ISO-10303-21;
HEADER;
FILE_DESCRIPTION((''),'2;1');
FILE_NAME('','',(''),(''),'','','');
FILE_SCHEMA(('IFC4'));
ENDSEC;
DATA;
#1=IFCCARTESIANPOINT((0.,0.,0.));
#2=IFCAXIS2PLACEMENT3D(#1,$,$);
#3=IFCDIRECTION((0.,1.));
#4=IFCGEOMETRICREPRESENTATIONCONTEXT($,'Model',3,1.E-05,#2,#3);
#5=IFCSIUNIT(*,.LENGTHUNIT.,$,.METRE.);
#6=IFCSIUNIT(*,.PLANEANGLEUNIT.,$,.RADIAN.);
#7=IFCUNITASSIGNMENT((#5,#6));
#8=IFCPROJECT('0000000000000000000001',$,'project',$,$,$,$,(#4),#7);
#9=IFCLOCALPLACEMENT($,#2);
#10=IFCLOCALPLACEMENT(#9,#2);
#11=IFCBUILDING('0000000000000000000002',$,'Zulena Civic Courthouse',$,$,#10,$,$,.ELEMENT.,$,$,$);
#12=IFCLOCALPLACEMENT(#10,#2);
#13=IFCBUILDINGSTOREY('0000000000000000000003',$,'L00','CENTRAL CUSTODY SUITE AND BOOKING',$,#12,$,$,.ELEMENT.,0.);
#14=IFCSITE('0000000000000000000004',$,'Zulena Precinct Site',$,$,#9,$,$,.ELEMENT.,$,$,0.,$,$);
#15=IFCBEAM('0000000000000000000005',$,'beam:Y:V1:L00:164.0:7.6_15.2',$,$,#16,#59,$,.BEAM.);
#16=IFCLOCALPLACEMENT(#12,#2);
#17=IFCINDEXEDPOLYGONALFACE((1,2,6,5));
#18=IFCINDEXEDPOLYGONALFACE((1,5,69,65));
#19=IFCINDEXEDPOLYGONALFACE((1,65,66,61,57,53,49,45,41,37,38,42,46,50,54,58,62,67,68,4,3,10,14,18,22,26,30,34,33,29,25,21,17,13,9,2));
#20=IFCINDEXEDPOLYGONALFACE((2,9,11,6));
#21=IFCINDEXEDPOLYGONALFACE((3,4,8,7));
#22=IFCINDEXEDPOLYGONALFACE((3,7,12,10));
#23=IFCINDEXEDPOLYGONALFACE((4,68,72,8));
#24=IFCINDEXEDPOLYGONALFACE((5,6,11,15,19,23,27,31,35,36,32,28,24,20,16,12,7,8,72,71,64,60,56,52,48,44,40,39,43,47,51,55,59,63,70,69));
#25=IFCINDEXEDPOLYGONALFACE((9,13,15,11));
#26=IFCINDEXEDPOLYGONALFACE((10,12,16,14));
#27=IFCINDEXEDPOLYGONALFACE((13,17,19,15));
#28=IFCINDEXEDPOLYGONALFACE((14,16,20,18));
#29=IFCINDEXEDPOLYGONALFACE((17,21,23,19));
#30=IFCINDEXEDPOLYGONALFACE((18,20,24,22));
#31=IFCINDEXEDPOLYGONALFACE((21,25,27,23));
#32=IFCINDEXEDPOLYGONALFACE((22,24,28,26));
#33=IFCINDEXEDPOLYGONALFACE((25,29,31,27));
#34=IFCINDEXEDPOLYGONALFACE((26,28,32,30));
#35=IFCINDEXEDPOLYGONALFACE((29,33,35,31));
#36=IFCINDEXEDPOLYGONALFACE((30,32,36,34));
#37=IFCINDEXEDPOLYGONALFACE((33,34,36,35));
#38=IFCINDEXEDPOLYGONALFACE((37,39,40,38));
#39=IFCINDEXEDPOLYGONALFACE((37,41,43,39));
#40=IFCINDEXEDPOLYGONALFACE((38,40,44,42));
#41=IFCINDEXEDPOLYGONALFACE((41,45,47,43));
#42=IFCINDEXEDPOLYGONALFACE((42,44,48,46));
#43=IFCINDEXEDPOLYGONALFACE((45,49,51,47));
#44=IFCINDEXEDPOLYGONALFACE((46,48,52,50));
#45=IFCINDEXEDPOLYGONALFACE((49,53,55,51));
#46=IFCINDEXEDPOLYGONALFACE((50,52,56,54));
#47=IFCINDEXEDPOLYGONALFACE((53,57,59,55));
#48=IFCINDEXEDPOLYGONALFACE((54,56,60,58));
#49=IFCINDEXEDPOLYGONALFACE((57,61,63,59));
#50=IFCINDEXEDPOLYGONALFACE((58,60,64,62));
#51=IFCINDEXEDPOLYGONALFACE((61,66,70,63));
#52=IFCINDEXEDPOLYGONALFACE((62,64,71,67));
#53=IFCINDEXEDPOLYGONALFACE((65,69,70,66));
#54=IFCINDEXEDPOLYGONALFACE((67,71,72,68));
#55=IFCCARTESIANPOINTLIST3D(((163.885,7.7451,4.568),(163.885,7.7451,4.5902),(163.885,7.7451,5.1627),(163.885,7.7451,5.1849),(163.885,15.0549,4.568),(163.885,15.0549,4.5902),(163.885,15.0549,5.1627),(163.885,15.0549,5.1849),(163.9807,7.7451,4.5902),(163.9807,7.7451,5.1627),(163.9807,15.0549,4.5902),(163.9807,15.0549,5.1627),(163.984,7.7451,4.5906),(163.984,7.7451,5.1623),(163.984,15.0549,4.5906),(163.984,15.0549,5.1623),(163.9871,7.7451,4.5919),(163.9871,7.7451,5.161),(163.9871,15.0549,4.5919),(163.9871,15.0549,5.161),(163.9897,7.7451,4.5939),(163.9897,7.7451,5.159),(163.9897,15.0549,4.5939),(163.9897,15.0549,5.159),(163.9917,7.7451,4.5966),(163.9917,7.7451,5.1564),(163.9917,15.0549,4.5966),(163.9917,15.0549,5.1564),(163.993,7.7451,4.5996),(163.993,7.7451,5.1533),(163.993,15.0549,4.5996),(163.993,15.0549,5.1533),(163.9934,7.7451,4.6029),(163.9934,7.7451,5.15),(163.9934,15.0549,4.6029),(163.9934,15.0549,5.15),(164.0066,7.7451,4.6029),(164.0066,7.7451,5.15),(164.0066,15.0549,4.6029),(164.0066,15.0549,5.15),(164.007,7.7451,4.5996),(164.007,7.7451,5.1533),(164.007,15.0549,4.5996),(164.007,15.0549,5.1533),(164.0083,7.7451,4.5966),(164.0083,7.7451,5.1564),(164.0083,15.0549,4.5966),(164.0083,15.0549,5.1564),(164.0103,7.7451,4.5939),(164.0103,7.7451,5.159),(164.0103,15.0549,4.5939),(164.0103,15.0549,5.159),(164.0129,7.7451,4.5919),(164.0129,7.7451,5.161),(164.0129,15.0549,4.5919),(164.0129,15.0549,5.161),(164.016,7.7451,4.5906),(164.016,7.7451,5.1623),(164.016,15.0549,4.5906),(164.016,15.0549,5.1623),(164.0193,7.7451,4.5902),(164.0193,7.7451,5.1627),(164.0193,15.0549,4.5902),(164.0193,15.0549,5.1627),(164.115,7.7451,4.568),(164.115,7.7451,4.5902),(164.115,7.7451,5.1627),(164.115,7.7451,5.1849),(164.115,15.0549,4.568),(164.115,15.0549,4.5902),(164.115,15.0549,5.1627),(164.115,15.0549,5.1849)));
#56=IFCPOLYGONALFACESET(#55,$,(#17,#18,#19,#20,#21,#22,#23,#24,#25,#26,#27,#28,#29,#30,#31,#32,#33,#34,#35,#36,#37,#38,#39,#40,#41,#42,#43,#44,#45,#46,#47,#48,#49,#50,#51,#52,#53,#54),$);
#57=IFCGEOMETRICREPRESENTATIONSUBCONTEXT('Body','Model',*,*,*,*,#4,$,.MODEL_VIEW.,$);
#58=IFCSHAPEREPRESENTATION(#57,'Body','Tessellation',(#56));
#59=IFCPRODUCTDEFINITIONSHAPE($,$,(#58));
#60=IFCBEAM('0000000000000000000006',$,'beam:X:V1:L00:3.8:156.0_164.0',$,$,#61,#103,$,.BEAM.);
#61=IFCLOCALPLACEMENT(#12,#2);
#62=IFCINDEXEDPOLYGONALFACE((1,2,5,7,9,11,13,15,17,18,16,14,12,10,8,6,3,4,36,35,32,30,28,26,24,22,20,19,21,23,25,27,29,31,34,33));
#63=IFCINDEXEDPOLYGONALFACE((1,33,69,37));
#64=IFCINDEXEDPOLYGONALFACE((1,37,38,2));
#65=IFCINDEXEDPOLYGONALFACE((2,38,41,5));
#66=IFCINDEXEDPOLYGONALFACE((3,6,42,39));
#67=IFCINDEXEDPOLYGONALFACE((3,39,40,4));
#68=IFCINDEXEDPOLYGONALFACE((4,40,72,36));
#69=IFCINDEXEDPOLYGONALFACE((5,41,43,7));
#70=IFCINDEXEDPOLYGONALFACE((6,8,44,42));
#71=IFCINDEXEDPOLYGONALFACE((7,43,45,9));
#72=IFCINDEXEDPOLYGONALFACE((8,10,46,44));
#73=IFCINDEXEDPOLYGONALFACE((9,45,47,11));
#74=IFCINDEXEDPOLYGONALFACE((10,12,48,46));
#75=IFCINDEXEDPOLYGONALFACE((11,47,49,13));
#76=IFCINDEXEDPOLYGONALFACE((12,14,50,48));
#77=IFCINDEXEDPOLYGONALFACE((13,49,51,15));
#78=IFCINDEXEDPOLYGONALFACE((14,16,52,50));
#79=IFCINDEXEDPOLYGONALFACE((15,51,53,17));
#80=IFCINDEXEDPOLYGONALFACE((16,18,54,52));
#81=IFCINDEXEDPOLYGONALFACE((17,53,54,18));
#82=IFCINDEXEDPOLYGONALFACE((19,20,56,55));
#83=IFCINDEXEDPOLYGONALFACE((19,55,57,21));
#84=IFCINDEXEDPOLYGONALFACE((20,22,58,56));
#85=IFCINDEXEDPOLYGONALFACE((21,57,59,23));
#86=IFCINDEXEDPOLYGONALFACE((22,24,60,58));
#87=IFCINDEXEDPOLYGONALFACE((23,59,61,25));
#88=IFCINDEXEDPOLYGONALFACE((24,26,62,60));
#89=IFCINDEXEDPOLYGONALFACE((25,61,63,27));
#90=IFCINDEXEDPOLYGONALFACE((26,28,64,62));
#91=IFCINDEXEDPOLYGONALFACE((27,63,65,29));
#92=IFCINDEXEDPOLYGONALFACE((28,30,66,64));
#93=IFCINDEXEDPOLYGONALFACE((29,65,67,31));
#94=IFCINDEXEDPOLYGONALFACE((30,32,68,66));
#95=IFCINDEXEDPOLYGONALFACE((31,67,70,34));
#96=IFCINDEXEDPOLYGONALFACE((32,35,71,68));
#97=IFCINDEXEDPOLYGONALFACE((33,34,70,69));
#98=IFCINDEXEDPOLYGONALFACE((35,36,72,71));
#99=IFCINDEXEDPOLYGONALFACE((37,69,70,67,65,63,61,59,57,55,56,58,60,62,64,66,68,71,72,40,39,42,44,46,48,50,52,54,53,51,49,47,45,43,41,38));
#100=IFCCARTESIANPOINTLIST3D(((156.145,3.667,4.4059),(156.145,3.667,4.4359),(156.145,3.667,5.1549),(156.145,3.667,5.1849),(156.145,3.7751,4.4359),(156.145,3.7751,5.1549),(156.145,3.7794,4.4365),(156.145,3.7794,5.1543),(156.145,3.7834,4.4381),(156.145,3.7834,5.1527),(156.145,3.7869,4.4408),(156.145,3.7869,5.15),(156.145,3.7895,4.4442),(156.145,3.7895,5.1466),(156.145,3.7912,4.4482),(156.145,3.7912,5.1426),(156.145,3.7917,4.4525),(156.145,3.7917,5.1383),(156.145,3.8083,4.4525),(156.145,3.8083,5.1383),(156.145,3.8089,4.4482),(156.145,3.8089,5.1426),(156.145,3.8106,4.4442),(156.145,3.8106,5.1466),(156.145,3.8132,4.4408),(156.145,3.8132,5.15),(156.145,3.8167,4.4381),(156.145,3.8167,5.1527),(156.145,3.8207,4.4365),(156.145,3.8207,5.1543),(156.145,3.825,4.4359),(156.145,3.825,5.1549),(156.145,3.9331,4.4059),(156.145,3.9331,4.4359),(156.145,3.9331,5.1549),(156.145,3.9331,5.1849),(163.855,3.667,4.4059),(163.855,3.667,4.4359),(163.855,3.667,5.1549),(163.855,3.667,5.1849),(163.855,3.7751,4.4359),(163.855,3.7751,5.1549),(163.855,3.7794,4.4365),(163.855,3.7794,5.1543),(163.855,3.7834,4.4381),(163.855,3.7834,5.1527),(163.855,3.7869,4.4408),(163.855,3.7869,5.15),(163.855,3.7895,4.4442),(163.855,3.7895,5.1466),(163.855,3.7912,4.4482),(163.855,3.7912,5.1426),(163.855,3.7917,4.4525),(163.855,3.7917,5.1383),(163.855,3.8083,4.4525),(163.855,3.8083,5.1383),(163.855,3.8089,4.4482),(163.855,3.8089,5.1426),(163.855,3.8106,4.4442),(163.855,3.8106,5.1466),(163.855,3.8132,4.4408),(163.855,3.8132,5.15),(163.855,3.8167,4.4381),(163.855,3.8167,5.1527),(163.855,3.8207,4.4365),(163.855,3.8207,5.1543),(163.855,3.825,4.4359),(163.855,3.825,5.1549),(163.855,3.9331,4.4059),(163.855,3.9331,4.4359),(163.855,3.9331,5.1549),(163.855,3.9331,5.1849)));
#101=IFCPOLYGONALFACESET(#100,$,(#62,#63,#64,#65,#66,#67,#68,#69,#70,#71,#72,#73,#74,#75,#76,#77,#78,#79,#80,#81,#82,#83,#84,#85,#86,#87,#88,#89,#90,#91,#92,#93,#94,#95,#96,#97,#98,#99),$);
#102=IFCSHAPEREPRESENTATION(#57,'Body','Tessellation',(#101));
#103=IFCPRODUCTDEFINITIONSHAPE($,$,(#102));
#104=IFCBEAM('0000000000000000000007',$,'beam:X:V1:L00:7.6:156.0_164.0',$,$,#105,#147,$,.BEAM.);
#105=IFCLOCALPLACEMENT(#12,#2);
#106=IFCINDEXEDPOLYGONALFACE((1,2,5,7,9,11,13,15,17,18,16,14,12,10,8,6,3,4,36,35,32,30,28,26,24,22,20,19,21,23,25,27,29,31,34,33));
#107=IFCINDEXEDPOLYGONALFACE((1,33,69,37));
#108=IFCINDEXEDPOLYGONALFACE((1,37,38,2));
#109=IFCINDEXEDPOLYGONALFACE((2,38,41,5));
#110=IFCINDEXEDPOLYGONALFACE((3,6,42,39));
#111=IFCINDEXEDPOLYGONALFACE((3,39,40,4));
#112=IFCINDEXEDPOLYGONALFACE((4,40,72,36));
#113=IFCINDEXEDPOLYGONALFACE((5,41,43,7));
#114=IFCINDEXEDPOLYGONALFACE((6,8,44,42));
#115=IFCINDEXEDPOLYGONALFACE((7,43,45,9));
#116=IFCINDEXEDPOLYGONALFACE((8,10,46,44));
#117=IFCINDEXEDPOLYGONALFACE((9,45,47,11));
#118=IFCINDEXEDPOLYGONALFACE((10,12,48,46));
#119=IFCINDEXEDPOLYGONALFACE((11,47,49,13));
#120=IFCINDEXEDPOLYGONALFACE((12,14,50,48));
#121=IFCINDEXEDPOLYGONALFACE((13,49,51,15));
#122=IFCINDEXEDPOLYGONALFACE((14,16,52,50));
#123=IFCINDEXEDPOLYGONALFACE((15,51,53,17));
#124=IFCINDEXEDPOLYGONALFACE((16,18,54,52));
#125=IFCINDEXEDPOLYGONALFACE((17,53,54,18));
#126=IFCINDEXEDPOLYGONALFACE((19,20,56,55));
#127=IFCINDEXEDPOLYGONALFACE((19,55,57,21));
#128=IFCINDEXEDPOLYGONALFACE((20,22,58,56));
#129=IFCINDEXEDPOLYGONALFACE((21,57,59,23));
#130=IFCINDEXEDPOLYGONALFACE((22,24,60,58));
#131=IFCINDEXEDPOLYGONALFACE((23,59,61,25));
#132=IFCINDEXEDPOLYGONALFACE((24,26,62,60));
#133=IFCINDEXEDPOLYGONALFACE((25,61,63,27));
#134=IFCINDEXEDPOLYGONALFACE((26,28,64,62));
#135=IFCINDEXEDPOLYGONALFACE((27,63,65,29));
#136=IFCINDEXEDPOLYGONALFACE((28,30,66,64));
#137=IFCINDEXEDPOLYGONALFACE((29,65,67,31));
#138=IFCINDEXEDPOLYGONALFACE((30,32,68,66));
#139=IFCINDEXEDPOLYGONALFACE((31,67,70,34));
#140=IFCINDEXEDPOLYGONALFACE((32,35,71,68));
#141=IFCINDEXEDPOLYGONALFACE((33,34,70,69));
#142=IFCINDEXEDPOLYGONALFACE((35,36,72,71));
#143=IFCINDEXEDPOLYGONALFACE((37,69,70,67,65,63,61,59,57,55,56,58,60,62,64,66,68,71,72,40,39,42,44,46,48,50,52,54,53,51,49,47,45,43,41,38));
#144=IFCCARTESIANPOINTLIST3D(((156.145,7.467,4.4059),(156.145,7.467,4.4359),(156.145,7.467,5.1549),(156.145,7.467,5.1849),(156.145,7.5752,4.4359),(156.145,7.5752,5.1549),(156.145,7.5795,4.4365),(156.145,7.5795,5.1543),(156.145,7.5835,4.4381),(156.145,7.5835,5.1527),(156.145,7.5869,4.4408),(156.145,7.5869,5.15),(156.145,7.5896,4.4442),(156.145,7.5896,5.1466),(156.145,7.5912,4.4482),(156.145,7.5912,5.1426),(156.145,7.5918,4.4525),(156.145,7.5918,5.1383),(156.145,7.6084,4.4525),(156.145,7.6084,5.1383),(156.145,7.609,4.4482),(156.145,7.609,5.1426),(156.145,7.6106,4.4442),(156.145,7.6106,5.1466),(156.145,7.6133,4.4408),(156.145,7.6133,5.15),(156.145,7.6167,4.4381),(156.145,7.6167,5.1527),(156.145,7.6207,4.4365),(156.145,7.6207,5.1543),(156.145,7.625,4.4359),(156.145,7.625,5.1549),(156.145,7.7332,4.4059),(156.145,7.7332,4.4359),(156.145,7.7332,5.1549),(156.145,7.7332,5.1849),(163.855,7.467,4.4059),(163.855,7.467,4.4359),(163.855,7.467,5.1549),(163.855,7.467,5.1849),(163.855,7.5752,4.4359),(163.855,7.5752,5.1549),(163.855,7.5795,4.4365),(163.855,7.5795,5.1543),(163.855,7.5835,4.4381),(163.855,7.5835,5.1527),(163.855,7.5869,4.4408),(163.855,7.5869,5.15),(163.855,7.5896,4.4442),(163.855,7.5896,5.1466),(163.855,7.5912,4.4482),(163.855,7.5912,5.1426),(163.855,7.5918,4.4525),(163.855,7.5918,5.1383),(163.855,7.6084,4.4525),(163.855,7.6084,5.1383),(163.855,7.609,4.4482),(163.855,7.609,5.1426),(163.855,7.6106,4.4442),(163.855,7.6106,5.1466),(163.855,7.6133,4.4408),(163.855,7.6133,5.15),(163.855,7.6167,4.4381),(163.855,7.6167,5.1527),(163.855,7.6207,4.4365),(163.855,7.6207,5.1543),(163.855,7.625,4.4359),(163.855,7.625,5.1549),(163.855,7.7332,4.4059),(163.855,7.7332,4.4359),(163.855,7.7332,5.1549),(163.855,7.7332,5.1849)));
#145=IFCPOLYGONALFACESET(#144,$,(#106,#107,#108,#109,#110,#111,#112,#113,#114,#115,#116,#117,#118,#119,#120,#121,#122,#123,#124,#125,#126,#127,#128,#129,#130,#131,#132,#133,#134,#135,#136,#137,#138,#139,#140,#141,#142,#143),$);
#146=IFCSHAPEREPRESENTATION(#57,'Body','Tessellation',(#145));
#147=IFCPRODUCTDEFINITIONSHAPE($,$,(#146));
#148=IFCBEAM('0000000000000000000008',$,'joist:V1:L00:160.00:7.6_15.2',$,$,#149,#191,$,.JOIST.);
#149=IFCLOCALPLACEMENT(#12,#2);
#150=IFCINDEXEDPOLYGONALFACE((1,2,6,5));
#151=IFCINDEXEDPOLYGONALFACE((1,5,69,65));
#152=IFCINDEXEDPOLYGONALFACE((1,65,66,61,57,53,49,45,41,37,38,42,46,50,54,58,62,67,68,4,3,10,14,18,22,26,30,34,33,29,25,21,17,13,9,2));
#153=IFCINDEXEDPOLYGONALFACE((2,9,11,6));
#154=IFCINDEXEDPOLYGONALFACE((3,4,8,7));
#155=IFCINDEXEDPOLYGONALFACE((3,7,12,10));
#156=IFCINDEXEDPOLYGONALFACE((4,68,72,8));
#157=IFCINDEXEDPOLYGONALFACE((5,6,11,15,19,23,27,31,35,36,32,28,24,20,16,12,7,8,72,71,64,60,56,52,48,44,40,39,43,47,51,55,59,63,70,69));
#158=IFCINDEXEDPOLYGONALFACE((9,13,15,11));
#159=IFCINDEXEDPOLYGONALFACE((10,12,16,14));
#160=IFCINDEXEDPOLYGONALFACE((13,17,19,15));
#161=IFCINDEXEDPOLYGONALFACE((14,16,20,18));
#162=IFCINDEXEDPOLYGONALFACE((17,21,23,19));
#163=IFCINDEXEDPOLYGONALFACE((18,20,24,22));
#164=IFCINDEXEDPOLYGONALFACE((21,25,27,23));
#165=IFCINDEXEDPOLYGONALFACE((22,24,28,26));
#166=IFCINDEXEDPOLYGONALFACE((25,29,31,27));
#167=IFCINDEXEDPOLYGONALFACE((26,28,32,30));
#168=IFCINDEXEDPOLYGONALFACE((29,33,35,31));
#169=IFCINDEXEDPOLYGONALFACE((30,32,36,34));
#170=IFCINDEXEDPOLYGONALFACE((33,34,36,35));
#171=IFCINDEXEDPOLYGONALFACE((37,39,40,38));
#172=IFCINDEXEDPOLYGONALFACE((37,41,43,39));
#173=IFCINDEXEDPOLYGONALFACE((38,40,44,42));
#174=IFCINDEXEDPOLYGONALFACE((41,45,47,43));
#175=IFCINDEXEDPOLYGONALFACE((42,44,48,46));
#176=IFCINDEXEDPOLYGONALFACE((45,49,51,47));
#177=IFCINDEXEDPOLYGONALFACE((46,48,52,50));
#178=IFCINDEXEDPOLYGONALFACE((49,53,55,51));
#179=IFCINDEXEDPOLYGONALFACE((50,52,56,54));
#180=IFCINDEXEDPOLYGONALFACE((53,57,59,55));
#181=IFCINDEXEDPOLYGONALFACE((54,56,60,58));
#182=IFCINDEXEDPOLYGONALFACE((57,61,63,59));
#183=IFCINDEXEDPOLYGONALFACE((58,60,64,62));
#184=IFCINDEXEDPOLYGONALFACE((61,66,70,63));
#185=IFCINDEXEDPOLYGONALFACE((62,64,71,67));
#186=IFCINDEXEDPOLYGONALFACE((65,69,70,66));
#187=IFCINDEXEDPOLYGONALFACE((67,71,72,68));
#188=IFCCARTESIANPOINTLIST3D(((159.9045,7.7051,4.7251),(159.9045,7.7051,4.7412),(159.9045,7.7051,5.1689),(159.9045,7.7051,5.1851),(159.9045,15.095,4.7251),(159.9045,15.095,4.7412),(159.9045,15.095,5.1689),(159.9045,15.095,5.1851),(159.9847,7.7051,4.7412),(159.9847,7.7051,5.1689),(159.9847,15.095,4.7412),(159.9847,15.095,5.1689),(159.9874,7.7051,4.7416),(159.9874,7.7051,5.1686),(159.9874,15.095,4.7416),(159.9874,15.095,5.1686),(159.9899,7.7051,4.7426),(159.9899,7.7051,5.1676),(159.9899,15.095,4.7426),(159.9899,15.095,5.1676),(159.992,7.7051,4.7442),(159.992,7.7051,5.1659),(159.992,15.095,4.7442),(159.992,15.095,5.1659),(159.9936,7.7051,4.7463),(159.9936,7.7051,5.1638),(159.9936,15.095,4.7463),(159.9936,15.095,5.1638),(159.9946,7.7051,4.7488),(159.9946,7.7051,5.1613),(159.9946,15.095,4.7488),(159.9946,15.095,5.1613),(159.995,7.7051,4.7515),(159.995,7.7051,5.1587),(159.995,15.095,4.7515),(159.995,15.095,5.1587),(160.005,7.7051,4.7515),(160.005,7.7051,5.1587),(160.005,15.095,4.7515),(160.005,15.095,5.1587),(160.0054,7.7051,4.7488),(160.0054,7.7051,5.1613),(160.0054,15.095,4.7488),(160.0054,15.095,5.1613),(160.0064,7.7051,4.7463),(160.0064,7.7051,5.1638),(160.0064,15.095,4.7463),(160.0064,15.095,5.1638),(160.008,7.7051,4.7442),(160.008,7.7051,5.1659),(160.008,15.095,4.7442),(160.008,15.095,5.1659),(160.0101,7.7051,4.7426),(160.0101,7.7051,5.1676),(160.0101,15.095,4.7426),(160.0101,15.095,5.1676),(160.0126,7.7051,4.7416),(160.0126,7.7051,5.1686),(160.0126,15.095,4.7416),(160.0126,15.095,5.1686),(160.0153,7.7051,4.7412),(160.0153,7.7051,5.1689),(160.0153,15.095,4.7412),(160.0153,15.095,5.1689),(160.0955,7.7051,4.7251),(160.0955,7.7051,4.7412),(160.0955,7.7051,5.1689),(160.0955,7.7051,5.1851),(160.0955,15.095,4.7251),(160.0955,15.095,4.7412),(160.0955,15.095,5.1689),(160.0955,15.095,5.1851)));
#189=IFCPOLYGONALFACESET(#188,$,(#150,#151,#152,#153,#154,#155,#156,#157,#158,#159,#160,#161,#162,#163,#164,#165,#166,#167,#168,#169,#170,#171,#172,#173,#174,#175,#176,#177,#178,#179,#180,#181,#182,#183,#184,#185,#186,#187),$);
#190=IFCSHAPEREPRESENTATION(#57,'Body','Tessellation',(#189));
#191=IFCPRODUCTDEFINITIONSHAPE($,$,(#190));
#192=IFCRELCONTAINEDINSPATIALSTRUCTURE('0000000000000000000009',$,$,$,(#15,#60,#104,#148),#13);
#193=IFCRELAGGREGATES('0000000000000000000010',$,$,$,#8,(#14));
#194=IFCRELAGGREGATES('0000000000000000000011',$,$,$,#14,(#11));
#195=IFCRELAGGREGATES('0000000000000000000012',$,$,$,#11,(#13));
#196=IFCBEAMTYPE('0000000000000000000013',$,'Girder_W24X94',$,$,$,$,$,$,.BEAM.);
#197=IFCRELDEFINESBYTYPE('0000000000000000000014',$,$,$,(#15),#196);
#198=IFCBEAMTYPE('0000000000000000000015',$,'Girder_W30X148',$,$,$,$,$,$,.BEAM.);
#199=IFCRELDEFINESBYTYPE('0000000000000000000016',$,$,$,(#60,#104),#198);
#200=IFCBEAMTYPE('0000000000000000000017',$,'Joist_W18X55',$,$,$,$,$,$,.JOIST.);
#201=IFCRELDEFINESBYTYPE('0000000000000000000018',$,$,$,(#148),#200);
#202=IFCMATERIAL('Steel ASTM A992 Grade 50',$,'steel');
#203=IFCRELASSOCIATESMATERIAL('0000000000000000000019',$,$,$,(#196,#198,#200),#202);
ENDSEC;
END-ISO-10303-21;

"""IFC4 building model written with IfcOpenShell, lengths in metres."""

from ifc_helpers import new_model, si_unit, direction, frame, origin, origin_2d, place, context, subcontext, project, spatial, i_section, extrude, material, material_profile, profile_set, type_object, element, save


model = new_model("IFC4")

# Units and contexts
model_context = context("Model", 3, precision=1e-05, world=origin(), true_north=direction((0.0, 1.0)))
body_context = subcontext(model_context, "Body", "Model", "MODEL_VIEW")
ifc_project = project(units=[si_unit("LENGTHUNIT", "METRE"), si_unit("PLANEANGLEUNIT", "RADIAN")], contexts=[model_context])

# Site, building, storey
site_placement = place(None, origin())
site = spatial("IfcSite", under=ifc_project, at=site_placement, Name="Zulena Precinct Site", CompositionType="ELEMENT", RefElevation=0.0)
building_placement = place(site_placement, origin())
building = spatial("IfcBuilding", under=site, at=building_placement, Name="Zulena Civic Courthouse", CompositionType="ELEMENT")
storey_placement = place(building_placement, origin())
storey = spatial("IfcBuildingStorey", under=building, at=storey_placement, Name="L00", Description="CENTRAL CUSTODY SUITE AND BOOKING", CompositionType="ELEMENT", Elevation=0.0)

# Shared definitions
ifc_material_1 = material(Name="Steel ASTM A992 Grade 50", Category="steel")

# Beams
ifc_material_profile_1 = material_profile(ifc_material_1, i_section(OverallWidth=0.23, OverallDepth=0.6169, WebThickness=0.0132, FlangeThickness=0.0222, FilletRadius=0.0127, at=origin_2d()), Name="W24X94")
ifc_profile_set_1 = profile_set([ifc_material_profile_1], Name="Steel ASTM A992 Grade 50")
beam_type_1 = type_object("IfcBeamType", Name="Girder_W24X94", PredefinedType="BEAM", material=ifc_profile_set_1)
beam_1_placement = place(storey_placement, frame((164.0, 7.7451, 4.8765), z_axis=(0.0, 1.0, 0.0), x_axis=(-1.0, 0.0, 0.0)))
element("IfcBeam", 1, at=beam_1_placement, inside=storey, type_object=beam_type_1, Name="beam:Y:V1:L00:164.0:7.6_15.2", PredefinedType="BEAM", context=body_context, shape_type="SweptSolid", body=[
    extrude(i_section(OverallWidth=0.23, OverallDepth=0.6169, WebThickness=0.0132, FlangeThickness=0.0222, FilletRadius=0.0127, at=origin_2d()), origin(), (0.0, 0.0, 1.0), 7.3098),
])
ifc_material_profile_2 = material_profile(ifc_material_1, i_section(OverallWidth=0.2661, OverallDepth=0.7791, WebThickness=0.0166, FlangeThickness=0.03, FilletRadius=0.0166, at=origin_2d()), Name="W30X148")
ifc_profile_set_2 = profile_set([ifc_material_profile_2], Name="Steel ASTM A992 Grade 50")
beam_type_2 = type_object("IfcBeamType", Name="Girder_W30X148", PredefinedType="BEAM", material=ifc_profile_set_2)
for number, where, z_axis, x_axis, name in (
    (2, (156.145, 3.8, 4.7954), (1.0, 0.0, 0.0), (0.0, 1.0, 0.0), "beam:X:V1:L00:3.8:156.0_164.0"),
    (3, (156.145, 7.6001, 4.7954), (1.0, 0.0, 0.0), (0.0, 1.0, 0.0), "beam:X:V1:L00:7.6:156.0_164.0"),
):
    element("IfcBeam", number, at=place(storey_placement, frame(where, z_axis=z_axis, x_axis=x_axis)), inside=storey, type_object=beam_type_2, Name=name, PredefinedType="BEAM", context=body_context, shape_type="SweptSolid", body=[
        extrude(i_section(OverallWidth=0.2661, OverallDepth=0.7791, WebThickness=0.0166, FlangeThickness=0.03, FilletRadius=0.0166, at=origin_2d()), origin(), (0.0, 0.0, 1.0), 7.71),
    ])
ifc_material_profile_3 = material_profile(ifc_material_1, i_section(OverallWidth=0.1909, OverallDepth=0.46, WebThickness=0.01, FlangeThickness=0.0161, FilletRadius=0.0103, at=origin_2d()), Name="W18X55")
ifc_profile_set_3 = profile_set([ifc_material_profile_3], Name="Steel ASTM A992 Grade 50")
beam_type_3 = type_object("IfcBeamType", Name="Joist_W18X55", PredefinedType="JOIST", material=ifc_profile_set_3)
beam_2_placement = place(storey_placement, frame((160.0, 7.7051, 4.9551), z_axis=(0.0, 1.0, 0.0), x_axis=(-1.0, 0.0, 0.0)))
element("IfcBeam", 4, at=beam_2_placement, inside=storey, type_object=beam_type_3, Name="joist:V1:L00:160.00:7.6_15.2", PredefinedType="JOIST", context=body_context, shape_type="SweptSolid", body=[
    extrude(i_section(OverallWidth=0.1909, OverallDepth=0.46, WebThickness=0.01, FlangeThickness=0.0161, FilletRadius=0.0103, at=origin_2d()), origin(), (0.0, 0.0, 1.0), 7.3899),
])

save(model, "model.ifc")
